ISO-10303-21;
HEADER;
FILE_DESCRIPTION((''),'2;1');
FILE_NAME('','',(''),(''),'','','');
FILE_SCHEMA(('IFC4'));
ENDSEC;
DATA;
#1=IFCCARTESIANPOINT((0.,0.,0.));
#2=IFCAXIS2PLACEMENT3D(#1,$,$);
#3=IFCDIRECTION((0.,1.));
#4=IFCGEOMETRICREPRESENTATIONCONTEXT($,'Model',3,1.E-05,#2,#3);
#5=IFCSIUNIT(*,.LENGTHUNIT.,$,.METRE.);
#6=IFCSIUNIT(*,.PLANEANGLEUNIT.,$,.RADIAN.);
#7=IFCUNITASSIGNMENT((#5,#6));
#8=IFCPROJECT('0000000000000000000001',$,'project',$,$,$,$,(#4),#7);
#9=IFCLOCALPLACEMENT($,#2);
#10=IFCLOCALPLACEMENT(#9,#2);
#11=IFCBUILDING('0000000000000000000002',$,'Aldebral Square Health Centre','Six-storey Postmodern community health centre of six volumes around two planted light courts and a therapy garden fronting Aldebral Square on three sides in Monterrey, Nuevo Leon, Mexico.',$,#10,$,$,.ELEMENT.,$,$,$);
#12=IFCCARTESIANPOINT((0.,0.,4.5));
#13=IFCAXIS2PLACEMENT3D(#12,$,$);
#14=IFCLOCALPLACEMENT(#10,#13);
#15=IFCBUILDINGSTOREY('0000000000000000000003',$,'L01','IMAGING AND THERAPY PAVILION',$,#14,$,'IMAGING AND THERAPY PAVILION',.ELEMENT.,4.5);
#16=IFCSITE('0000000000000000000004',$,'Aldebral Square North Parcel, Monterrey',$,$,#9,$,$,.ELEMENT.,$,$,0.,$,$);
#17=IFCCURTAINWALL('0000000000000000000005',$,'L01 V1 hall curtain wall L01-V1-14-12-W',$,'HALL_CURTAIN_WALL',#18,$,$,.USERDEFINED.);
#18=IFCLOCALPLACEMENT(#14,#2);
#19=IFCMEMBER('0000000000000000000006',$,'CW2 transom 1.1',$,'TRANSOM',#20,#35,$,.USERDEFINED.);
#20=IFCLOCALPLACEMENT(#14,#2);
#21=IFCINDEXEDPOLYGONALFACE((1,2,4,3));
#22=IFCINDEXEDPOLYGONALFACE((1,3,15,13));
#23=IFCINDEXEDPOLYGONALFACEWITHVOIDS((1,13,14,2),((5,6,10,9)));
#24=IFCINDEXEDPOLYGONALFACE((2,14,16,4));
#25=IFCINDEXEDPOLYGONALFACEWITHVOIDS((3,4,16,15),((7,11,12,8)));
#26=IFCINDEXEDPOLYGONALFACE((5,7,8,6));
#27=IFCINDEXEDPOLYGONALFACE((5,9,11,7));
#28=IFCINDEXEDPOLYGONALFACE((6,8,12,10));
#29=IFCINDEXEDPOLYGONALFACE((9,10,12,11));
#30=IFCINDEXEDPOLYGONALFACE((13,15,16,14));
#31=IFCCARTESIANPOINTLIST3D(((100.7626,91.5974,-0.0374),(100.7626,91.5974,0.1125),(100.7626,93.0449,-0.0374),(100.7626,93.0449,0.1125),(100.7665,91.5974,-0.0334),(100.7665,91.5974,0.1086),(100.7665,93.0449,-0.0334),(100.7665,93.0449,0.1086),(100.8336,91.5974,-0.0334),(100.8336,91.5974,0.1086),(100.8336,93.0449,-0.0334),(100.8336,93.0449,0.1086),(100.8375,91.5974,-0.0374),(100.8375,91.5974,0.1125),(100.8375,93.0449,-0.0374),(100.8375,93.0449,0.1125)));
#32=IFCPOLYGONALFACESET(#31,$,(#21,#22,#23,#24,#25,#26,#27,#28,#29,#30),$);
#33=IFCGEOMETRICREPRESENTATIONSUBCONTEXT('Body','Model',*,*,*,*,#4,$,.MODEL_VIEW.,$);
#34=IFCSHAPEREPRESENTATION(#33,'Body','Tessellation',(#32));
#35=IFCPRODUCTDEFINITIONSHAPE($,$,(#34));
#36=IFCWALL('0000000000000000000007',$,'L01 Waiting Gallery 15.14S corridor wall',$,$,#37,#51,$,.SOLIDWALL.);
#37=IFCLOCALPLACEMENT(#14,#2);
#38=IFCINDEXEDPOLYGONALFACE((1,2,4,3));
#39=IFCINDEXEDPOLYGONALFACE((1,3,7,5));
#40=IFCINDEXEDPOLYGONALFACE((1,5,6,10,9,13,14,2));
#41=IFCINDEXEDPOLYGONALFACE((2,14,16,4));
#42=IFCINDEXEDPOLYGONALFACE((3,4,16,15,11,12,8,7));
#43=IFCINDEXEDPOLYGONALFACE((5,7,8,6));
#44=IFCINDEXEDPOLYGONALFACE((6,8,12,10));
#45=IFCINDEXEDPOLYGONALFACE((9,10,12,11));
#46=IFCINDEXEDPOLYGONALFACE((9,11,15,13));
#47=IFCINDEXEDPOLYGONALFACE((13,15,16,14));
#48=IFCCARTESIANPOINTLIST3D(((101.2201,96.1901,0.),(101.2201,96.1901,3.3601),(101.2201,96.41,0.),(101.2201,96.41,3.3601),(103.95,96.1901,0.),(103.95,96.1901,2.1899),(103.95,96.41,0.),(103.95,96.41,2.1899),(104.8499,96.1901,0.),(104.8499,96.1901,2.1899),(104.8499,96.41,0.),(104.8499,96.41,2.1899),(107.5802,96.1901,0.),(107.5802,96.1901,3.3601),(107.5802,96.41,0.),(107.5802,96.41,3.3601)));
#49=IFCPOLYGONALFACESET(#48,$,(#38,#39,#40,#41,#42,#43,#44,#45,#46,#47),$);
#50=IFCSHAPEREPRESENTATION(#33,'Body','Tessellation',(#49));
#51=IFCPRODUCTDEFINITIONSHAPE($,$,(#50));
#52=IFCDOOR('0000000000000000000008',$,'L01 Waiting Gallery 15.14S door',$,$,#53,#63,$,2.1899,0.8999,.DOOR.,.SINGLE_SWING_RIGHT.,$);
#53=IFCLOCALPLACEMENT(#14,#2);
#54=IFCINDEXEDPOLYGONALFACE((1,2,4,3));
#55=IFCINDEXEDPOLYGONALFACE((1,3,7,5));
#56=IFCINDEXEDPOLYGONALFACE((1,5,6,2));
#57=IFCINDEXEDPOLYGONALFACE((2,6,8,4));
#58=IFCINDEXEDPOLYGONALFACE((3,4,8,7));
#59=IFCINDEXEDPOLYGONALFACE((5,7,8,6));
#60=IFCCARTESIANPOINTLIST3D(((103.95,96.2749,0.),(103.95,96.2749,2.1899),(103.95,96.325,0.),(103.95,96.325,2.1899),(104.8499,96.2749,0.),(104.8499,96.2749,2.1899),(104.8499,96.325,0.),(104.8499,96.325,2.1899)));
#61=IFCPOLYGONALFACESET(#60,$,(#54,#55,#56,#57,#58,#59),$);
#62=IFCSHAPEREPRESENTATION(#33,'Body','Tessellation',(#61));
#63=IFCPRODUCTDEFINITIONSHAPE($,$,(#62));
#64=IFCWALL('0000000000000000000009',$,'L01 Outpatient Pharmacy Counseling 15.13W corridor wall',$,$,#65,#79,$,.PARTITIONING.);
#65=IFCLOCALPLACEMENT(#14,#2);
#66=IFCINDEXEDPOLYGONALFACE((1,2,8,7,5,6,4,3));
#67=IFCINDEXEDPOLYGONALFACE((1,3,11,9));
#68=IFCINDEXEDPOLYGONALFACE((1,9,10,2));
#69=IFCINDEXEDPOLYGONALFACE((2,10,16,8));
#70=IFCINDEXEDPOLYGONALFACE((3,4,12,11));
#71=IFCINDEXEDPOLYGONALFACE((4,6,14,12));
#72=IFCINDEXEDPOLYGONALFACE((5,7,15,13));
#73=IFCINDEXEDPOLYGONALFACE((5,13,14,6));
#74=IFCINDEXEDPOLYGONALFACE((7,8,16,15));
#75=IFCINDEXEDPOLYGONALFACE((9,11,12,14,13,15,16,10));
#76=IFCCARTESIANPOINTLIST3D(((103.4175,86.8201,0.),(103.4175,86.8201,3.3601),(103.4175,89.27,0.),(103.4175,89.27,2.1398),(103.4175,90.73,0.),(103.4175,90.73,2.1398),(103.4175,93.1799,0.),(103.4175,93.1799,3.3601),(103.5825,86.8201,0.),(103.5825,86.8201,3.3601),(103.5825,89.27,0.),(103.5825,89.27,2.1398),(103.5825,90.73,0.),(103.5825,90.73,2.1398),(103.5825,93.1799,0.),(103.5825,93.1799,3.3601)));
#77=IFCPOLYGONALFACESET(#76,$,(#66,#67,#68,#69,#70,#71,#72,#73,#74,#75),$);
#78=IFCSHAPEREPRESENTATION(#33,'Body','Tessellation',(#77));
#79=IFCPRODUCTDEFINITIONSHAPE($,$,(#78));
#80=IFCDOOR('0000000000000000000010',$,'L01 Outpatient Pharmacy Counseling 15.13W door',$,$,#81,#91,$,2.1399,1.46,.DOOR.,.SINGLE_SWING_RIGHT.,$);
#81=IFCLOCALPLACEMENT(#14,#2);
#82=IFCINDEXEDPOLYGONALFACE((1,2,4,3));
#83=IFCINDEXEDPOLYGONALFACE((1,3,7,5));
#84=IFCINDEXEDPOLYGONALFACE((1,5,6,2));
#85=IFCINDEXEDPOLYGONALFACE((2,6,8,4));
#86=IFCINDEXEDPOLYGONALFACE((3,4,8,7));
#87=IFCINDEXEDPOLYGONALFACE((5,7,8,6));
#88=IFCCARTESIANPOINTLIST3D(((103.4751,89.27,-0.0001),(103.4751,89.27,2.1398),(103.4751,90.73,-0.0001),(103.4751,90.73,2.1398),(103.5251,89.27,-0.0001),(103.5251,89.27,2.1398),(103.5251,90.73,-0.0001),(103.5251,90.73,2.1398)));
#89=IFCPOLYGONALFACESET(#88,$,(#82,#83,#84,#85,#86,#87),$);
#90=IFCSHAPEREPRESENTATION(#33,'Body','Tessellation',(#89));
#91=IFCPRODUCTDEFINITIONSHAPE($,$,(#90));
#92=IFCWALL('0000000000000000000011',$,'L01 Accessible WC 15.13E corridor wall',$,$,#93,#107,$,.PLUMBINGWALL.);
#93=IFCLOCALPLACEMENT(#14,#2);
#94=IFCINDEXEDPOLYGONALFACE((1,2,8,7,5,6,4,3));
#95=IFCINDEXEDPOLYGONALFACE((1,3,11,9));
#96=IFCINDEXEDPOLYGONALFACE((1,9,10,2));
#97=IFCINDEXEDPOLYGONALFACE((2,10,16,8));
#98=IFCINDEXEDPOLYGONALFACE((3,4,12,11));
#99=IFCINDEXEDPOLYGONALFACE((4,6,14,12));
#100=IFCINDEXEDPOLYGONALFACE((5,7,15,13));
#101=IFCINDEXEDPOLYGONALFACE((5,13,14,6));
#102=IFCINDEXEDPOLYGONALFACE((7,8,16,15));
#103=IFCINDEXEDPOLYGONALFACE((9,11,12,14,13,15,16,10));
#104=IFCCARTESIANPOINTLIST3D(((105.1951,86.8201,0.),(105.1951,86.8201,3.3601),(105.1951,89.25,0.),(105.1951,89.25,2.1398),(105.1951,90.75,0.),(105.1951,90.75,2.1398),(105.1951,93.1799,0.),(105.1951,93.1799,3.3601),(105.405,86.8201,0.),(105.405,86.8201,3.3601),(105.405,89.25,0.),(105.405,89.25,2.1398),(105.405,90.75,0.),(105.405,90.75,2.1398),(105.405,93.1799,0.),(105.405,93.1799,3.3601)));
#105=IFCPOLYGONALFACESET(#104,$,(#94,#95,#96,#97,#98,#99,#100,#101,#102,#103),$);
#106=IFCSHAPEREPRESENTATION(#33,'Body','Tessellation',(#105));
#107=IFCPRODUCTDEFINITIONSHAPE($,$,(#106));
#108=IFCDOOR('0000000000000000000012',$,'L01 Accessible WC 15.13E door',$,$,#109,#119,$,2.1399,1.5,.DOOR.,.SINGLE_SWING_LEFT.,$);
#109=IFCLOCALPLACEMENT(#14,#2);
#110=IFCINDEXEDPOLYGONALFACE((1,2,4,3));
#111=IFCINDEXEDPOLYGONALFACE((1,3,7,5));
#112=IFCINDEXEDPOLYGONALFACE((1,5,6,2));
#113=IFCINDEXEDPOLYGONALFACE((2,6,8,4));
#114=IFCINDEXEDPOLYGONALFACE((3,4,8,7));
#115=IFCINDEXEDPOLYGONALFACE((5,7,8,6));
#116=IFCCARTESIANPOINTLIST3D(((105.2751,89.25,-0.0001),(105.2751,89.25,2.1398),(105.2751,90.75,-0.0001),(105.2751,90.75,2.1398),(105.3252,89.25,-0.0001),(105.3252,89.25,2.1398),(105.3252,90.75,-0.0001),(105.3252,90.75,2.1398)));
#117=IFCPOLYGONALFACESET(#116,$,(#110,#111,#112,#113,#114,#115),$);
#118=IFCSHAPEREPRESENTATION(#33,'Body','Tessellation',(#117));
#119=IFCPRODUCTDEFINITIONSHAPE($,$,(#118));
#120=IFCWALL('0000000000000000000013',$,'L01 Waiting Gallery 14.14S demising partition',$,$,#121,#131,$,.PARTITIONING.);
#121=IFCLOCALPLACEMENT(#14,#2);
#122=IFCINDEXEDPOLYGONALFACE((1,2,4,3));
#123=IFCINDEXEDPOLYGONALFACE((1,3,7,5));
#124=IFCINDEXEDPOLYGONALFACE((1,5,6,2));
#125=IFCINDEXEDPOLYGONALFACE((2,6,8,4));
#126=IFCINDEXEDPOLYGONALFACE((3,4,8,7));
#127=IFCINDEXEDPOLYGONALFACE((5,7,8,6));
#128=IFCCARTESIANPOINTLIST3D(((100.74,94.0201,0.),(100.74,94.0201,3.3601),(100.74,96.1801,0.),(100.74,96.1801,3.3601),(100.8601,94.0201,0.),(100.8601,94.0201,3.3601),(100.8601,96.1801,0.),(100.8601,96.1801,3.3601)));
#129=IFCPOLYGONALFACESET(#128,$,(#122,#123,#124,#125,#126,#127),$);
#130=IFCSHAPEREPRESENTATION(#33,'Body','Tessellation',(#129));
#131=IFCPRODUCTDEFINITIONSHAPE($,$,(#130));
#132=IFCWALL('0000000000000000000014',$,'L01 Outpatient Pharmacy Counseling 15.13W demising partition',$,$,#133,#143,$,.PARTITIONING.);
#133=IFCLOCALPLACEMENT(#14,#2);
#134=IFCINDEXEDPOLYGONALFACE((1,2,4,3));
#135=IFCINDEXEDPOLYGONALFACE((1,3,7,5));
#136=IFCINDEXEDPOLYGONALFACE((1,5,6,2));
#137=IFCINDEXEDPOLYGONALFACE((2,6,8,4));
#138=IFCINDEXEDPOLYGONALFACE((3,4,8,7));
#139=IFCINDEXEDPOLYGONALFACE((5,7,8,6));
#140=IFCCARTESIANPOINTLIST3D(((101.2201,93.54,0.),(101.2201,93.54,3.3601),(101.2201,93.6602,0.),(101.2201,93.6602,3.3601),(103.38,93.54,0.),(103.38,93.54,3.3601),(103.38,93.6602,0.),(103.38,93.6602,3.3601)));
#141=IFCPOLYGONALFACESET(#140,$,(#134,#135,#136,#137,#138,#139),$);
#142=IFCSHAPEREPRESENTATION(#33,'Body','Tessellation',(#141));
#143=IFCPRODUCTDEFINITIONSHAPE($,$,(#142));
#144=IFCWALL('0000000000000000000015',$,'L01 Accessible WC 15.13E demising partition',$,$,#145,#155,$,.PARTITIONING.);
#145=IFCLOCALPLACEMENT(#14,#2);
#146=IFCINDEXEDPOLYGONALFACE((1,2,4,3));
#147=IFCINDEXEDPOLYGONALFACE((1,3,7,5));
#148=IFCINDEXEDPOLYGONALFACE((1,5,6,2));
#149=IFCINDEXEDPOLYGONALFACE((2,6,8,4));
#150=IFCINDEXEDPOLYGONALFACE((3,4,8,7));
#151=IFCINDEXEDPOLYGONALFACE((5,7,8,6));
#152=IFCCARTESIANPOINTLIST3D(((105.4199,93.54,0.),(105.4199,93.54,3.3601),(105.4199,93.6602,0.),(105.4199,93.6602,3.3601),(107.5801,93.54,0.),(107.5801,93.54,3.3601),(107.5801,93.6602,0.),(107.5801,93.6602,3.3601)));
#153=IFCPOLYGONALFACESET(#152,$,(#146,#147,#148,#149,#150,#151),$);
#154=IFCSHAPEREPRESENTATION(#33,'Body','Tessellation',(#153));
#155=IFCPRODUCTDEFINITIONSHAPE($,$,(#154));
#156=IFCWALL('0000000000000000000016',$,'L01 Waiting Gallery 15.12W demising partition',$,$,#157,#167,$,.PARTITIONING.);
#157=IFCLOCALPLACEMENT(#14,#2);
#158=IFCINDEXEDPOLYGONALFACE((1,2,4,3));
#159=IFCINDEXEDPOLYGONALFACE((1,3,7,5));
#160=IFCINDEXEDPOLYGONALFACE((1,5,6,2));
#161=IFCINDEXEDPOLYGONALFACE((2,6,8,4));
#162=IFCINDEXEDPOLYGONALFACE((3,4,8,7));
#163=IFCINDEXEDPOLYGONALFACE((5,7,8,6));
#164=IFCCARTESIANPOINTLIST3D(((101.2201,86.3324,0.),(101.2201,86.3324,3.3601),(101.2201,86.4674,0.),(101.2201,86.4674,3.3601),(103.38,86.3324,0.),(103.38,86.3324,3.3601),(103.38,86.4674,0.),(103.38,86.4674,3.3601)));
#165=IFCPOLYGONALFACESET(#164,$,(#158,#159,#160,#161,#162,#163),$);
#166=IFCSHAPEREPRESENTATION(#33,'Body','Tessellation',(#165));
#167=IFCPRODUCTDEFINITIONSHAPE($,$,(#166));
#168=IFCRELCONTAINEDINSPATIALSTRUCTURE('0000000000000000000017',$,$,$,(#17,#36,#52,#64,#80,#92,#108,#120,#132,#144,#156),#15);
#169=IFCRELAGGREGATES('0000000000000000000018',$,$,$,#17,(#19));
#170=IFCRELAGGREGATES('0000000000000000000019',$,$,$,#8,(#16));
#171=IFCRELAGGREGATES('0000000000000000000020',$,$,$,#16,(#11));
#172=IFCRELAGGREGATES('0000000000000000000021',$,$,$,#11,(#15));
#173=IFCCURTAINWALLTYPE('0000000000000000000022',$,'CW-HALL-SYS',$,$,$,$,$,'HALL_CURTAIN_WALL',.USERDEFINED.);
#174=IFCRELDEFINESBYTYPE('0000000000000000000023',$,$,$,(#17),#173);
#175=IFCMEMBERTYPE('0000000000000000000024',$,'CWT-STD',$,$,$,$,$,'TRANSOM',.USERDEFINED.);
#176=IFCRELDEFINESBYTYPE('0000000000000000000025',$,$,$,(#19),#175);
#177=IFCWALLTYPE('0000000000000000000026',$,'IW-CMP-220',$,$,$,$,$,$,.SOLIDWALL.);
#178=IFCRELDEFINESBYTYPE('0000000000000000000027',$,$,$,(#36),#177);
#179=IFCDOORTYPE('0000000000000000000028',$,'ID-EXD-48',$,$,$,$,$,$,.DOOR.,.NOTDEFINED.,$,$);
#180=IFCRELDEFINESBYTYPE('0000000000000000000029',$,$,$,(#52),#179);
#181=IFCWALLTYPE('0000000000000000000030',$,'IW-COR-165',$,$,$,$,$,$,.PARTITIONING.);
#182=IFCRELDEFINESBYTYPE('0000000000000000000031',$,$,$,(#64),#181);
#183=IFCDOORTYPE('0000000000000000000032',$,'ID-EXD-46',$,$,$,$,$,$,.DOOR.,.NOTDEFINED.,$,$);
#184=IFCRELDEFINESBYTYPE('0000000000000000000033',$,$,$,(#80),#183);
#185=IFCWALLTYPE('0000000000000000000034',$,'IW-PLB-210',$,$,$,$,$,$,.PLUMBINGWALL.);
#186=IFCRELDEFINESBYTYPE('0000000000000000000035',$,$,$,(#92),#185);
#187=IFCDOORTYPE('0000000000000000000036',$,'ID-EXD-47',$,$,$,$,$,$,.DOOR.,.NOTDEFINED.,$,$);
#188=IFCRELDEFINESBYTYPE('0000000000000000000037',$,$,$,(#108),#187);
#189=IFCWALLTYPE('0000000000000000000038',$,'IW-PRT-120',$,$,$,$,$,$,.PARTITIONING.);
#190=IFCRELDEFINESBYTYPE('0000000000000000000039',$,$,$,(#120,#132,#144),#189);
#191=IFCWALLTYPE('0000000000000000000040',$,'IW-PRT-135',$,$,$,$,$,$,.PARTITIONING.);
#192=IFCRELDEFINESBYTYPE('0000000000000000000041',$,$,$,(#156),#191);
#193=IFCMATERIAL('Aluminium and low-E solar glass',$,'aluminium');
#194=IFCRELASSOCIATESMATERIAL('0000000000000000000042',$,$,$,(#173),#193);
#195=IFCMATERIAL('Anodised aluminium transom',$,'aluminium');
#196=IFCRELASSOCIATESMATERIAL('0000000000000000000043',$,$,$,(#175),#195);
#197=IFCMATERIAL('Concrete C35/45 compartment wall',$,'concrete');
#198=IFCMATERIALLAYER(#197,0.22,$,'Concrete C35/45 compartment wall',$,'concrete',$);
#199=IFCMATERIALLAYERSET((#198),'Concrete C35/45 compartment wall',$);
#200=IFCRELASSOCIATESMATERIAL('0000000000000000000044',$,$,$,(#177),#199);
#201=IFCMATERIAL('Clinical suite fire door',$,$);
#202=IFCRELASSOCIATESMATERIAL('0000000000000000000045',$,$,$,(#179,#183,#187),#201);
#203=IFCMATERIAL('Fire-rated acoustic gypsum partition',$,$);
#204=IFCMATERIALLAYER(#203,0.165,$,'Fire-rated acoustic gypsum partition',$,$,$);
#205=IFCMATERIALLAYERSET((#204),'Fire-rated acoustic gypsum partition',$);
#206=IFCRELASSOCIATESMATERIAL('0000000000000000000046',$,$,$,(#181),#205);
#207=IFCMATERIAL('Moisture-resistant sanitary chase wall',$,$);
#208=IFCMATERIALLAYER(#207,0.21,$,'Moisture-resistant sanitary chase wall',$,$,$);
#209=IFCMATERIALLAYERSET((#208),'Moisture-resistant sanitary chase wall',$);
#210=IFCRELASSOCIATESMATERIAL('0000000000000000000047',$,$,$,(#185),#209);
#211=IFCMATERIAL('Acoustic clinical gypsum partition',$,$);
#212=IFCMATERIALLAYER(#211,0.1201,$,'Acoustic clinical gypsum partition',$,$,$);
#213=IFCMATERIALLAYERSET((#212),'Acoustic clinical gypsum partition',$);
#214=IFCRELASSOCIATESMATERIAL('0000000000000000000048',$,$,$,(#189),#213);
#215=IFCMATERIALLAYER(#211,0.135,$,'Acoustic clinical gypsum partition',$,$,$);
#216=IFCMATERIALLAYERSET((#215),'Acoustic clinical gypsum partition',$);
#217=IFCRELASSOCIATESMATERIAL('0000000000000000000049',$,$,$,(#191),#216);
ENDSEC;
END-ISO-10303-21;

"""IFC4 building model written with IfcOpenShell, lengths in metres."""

from ifc_helpers import new_model, si_unit, direction, frame, frame_2d, origin, origin_2d, place, context, subcontext, project, spatial, rectangle, hollow_rectangle, extrude, material, layer, layer_set, material_profile, profile_set, type_object, element, fill, aggregate, save


model = new_model("IFC4")

# Units and contexts
model_context = context("Model", 3, precision=1e-05, world=origin(), true_north=direction((0.0, 1.0)))
body_context = subcontext(model_context, "Body", "Model", "MODEL_VIEW")
ifc_project = project(units=[si_unit("LENGTHUNIT", "METRE"), si_unit("PLANEANGLEUNIT", "RADIAN")], contexts=[model_context])

# Site, building, storey
site_placement = place(None, origin())
site = spatial("IfcSite", under=ifc_project, at=site_placement, Name="Aldebral Square North Parcel, Monterrey", CompositionType="ELEMENT", RefElevation=0.0)
building_placement = place(site_placement, origin())
building = spatial("IfcBuilding", under=site, at=building_placement, Name="Aldebral Square Health Centre", Description="Six-storey Postmodern community health centre of six volumes around two planted light courts and a therapy garden fronting Aldebral Square on three sides in Monterrey, Nuevo Leon, Mexico.", CompositionType="ELEMENT")
storey_placement = place(building_placement, frame((0.0, 0.0, 4.5)))
storey = spatial("IfcBuildingStorey", under=building, at=storey_placement, Name="L01", Description="IMAGING AND THERAPY PAVILION", LongName="IMAGING AND THERAPY PAVILION", CompositionType="ELEMENT", Elevation=4.5)

# Curtain wall
ifc_material_1 = material(Name="Aluminium and low-E solar glass", Category="aluminium")
curtain_wall_type = type_object("IfcCurtainWallType", Name="CW-HALL-SYS", ElementType="HALL_CURTAIN_WALL", PredefinedType="USERDEFINED", material=ifc_material_1)
curtain_wall_1_placement = place(storey_placement, origin())
curtain_wall_1 = element("IfcCurtainWall", 1, at=curtain_wall_1_placement, inside=storey, type_object=curtain_wall_type, Name="L01 V1 hall curtain wall L01-V1-14-12-W", ObjectType="HALL_CURTAIN_WALL", PredefinedType="USERDEFINED")

# Member
ifc_material_2 = material(Name="Anodised aluminium transom", Category="aluminium")
ifc_material_profile_1 = material_profile(ifc_material_2, hollow_rectangle(XDim=0.075, YDim=0.1499, WallThickness=0.0039, at=origin_2d()), Name="CWT 75x150x4")
ifc_profile_set_1 = profile_set([ifc_material_profile_1], Name="Anodised aluminium transom")
member_type_1 = type_object("IfcMemberType", Name="CWT-STD", ElementType="TRANSOM", PredefinedType="USERDEFINED", material=ifc_profile_set_1)
member_1_placement = place(storey_placement, frame((100.8, 93.0449, 0.0376), z_axis=(0.0, -1.0, 0.0), x_axis=(1.0, 0.0, 0.0)))
member_1 = element("IfcMember", 2, at=member_1_placement, type_object=member_type_1, Name="CW2 transom 1.1", ObjectType="TRANSOM", PredefinedType="USERDEFINED", context=body_context, shape_type="SweptSolid", body=[
    extrude(hollow_rectangle(XDim=0.075, YDim=0.1499, WallThickness=0.0039, at=origin_2d()), origin(), (0.0, 0.0, 1.0), 1.4475),
])
aggregate(curtain_wall_1, [member_1])

# Walls, openings, doors
ifc_material_3 = material(Name="Concrete C35/45 compartment wall", Category="concrete")
ifc_layer_1 = layer(ifc_material_3, 0.22, Name="Concrete C35/45 compartment wall", Category="concrete")
ifc_layer_set_1 = layer_set([ifc_layer_1], Name="Concrete C35/45 compartment wall")
wall_type_1 = type_object("IfcWallType", Name="IW-CMP-220", PredefinedType="SOLIDWALL", material=ifc_layer_set_1)
wall_1_placement = place(storey_placement, frame((101.22, 96.3, 0.0), z_axis=(0.0, 0.0, 1.0), x_axis=(1.0, 0.0, 0.0)))
wall_1 = element("IfcWall", 3, at=wall_1_placement, inside=storey, type_object=wall_type_1, Name="L01 Waiting Gallery 15.14S corridor wall", PredefinedType="SOLIDWALL", context=body_context, shape_type="SweptSolid", body=[
    extrude(rectangle(XDim=6.3601, YDim=0.22, at=frame_2d((3.1802, 0.0))), origin(), (0.0, 0.0, 1.0), 3.3601),
])
opening_1_placement = place(wall_1_placement, frame((2.73, 0.0, 0.0)))
opening_1 = element("IfcOpeningElement", 4, at=opening_1_placement, cuts=wall_1, PredefinedType="OPENING", context=body_context, shape_type="SweptSolid", body=[
    extrude(rectangle(XDim=0.8999, YDim=2.1899, at=frame_2d((0.45, 1.095))), frame((0.0, 0.1201, 0.0), z_axis=(0.0, -1.0, 0.0), x_axis=(1.0, 0.0, 0.0)), (0.0, 0.0, 1.0), 0.24),
])
ifc_material_4 = material(Name="Clinical suite fire door")
door_type_1 = type_object("IfcDoorType", Name="ID-EXD-48", OperationType="NOTDEFINED", PredefinedType="DOOR", material=ifc_material_4)
door_1_placement = place(opening_1_placement, origin())
door_1 = element("IfcDoor", 5, at=door_1_placement, inside=storey, type_object=door_type_1, Name="L01 Waiting Gallery 15.14S door", OperationType="SINGLE_SWING_RIGHT", OverallHeight=2.1899, OverallWidth=0.8999, PredefinedType="DOOR", context=body_context, shape_type="SweptSolid", body=[
    extrude(rectangle(XDim=0.8999, YDim=2.1899, at=frame_2d((0.45, 1.095))), frame((0.0, 0.0249, 0.0), z_axis=(0.0, -1.0, 0.0), x_axis=(1.0, 0.0, 0.0)), (0.0, 0.0, 1.0), 0.05),
])
fill(opening_1, door_1)
ifc_material_5 = material(Name="Fire-rated acoustic gypsum partition")
ifc_layer_2 = layer(ifc_material_5, 0.165, Name="Fire-rated acoustic gypsum partition")
ifc_layer_set_2 = layer_set([ifc_layer_2], Name="Fire-rated acoustic gypsum partition")
wall_type_2 = type_object("IfcWallType", Name="IW-COR-165", PredefinedType="PARTITIONING", material=ifc_layer_set_2)
wall_2_placement = place(storey_placement, frame((103.5, 86.8201, 0.0), z_axis=(0.0, 0.0, 1.0), x_axis=(0.0, 1.0, 0.0)))
wall_2 = element("IfcWall", 6, at=wall_2_placement, inside=storey, type_object=wall_type_2, Name="L01 Outpatient Pharmacy Counseling 15.13W corridor wall", PredefinedType="PARTITIONING", context=body_context, shape_type="SweptSolid", body=[
    extrude(rectangle(XDim=6.3599, YDim=0.165, at=frame_2d((3.1799, 0.0))), origin(), (0.0, 0.0, 1.0), 3.3601),
])
opening_2_placement = place(wall_2_placement, frame((2.45, 0.0, 0.0)))
opening_2 = element("IfcOpeningElement", 7, at=opening_2_placement, cuts=wall_2, PredefinedType="OPENING", context=body_context, shape_type="SweptSolid", body=[
    extrude(rectangle(XDim=1.46, YDim=2.1399, at=frame_2d((0.73, 1.0698))), frame((0.0, 0.0925, 0.0), z_axis=(0.0, -1.0, 0.0), x_axis=(1.0, 0.0, 0.0)), (0.0, 0.0, 1.0), 0.1851),
])
door_type_2 = type_object("IfcDoorType", Name="ID-EXD-46", OperationType="NOTDEFINED", PredefinedType="DOOR", material=ifc_material_4)
door_2_placement = place(opening_2_placement, origin())
door_2 = element("IfcDoor", 8, at=door_2_placement, inside=storey, type_object=door_type_2, Name="L01 Outpatient Pharmacy Counseling 15.13W door", OperationType="SINGLE_SWING_RIGHT", OverallHeight=2.1399, OverallWidth=1.46, PredefinedType="DOOR", context=body_context, shape_type="SweptSolid", body=[
    extrude(rectangle(XDim=1.46, YDim=2.1399, at=frame_2d((0.73, 1.0698))), frame((0.0, 0.0249, 0.0), z_axis=(0.0, -1.0, 0.0), x_axis=(1.0, 0.0, 0.0)), (0.0, 0.0, 1.0), 0.05),
])
fill(opening_2, door_2)
ifc_material_6 = material(Name="Moisture-resistant sanitary chase wall")
ifc_layer_3 = layer(ifc_material_6, 0.21, Name="Moisture-resistant sanitary chase wall")
ifc_layer_set_3 = layer_set([ifc_layer_3], Name="Moisture-resistant sanitary chase wall")
wall_type_3 = type_object("IfcWallType", Name="IW-PLB-210", PredefinedType="PLUMBINGWALL", material=ifc_layer_set_3)
wall_3_placement = place(storey_placement, frame((105.3, 86.8201, 0.0), z_axis=(0.0, 0.0, 1.0), x_axis=(0.0, 1.0, 0.0)))
wall_3 = element("IfcWall", 9, at=wall_3_placement, inside=storey, type_object=wall_type_3, Name="L01 Accessible WC 15.13E corridor wall", PredefinedType="PLUMBINGWALL", context=body_context, shape_type="SweptSolid", body=[
    extrude(rectangle(XDim=6.3599, YDim=0.21, at=frame_2d((3.1799, 0.0))), origin(), (0.0, 0.0, 1.0), 3.3601),
])
opening_3_placement = place(wall_3_placement, frame((2.4299, 0.0, 0.0)))
opening_3 = element("IfcOpeningElement", 10, at=opening_3_placement, cuts=wall_3, PredefinedType="OPENING", context=body_context, shape_type="SweptSolid", body=[
    extrude(rectangle(XDim=1.5, YDim=2.1399, at=frame_2d((0.75, 1.0698))), frame((0.0, 0.115, 0.0), z_axis=(0.0, -1.0, 0.0), x_axis=(1.0, 0.0, 0.0)), (0.0, 0.0, 1.0), 0.23),
])
door_type_3 = type_object("IfcDoorType", Name="ID-EXD-47", OperationType="NOTDEFINED", PredefinedType="DOOR", material=ifc_material_4)
door_3_placement = place(opening_3_placement, origin())
door_3 = element("IfcDoor", 11, at=door_3_placement, inside=storey, type_object=door_type_3, Name="L01 Accessible WC 15.13E door", OperationType="SINGLE_SWING_LEFT", OverallHeight=2.1399, OverallWidth=1.5, PredefinedType="DOOR", context=body_context, shape_type="SweptSolid", body=[
    extrude(rectangle(XDim=1.5, YDim=2.1399, at=frame_2d((0.75, 1.0698))), frame((0.0, 0.0249, 0.0), z_axis=(0.0, -1.0, 0.0), x_axis=(1.0, 0.0, 0.0)), (0.0, 0.0, 1.0), 0.05),
])
fill(opening_3, door_3)

# Walls
ifc_material_7 = material(Name="Acoustic clinical gypsum partition")
ifc_layer_4 = layer(ifc_material_7, 0.1201, Name="Acoustic clinical gypsum partition")
ifc_layer_set_4 = layer_set([ifc_layer_4], Name="Acoustic clinical gypsum partition")
wall_type_4 = type_object("IfcWallType", Name="IW-PRT-120", PredefinedType="PARTITIONING", material=ifc_layer_set_4)
for number, where, z_axis, x_axis, name in (
    (12, (100.8, 94.02, 0.0), (0.0, 0.0, 1.0), (0.0, 1.0, 0.0), "L01 Waiting Gallery 14.14S demising partition"),
    (13, (101.22, 93.6001, 0.0), (0.0, 0.0, 1.0), (1.0, 0.0, 0.0), "L01 Outpatient Pharmacy Counseling 15.13W demising partition"),
):
    element("IfcWall", number, at=place(storey_placement, frame(where, z_axis=z_axis, x_axis=x_axis)), inside=storey, type_object=wall_type_4, Name=name, PredefinedType="PARTITIONING", context=body_context, shape_type="SweptSolid", body=[
        extrude(rectangle(XDim=2.1599, YDim=0.1201, at=frame_2d((1.0801, 0.0))), origin(), (0.0, 0.0, 1.0), 3.3601),
    ])
wall_4_placement = place(storey_placement, frame((105.4199, 93.6001, 0.0), z_axis=(0.0, 0.0, 1.0), x_axis=(1.0, 0.0, 0.0)))
element("IfcWall", 14, at=wall_4_placement, inside=storey, type_object=wall_type_4, Name="L01 Accessible WC 15.13E demising partition", PredefinedType="PARTITIONING", context=body_context, shape_type="SweptSolid", body=[
    extrude(rectangle(XDim=2.1602, YDim=0.1201, at=frame_2d((1.0801, 0.0))), origin(), (0.0, 0.0, 1.0), 3.3601),
])
ifc_layer_5 = layer(ifc_material_7, 0.135, Name="Acoustic clinical gypsum partition")
ifc_layer_set_5 = layer_set([ifc_layer_5], Name="Acoustic clinical gypsum partition")
wall_type_5 = type_object("IfcWallType", Name="IW-PRT-135", PredefinedType="PARTITIONING", material=ifc_layer_set_5)
wall_5_placement = place(storey_placement, frame((101.22, 86.3999, 0.0), z_axis=(0.0, 0.0, 1.0), x_axis=(1.0, 0.0, 0.0)))
element("IfcWall", 15, at=wall_5_placement, inside=storey, type_object=wall_type_5, Name="L01 Waiting Gallery 15.12W demising partition", PredefinedType="PARTITIONING", context=body_context, shape_type="SweptSolid", body=[
    extrude(rectangle(XDim=2.1599, YDim=0.135, at=frame_2d((1.0801, 0.0))), origin(), (0.0, 0.0, 1.0), 3.3601),
])

save(model, "model.ifc")
